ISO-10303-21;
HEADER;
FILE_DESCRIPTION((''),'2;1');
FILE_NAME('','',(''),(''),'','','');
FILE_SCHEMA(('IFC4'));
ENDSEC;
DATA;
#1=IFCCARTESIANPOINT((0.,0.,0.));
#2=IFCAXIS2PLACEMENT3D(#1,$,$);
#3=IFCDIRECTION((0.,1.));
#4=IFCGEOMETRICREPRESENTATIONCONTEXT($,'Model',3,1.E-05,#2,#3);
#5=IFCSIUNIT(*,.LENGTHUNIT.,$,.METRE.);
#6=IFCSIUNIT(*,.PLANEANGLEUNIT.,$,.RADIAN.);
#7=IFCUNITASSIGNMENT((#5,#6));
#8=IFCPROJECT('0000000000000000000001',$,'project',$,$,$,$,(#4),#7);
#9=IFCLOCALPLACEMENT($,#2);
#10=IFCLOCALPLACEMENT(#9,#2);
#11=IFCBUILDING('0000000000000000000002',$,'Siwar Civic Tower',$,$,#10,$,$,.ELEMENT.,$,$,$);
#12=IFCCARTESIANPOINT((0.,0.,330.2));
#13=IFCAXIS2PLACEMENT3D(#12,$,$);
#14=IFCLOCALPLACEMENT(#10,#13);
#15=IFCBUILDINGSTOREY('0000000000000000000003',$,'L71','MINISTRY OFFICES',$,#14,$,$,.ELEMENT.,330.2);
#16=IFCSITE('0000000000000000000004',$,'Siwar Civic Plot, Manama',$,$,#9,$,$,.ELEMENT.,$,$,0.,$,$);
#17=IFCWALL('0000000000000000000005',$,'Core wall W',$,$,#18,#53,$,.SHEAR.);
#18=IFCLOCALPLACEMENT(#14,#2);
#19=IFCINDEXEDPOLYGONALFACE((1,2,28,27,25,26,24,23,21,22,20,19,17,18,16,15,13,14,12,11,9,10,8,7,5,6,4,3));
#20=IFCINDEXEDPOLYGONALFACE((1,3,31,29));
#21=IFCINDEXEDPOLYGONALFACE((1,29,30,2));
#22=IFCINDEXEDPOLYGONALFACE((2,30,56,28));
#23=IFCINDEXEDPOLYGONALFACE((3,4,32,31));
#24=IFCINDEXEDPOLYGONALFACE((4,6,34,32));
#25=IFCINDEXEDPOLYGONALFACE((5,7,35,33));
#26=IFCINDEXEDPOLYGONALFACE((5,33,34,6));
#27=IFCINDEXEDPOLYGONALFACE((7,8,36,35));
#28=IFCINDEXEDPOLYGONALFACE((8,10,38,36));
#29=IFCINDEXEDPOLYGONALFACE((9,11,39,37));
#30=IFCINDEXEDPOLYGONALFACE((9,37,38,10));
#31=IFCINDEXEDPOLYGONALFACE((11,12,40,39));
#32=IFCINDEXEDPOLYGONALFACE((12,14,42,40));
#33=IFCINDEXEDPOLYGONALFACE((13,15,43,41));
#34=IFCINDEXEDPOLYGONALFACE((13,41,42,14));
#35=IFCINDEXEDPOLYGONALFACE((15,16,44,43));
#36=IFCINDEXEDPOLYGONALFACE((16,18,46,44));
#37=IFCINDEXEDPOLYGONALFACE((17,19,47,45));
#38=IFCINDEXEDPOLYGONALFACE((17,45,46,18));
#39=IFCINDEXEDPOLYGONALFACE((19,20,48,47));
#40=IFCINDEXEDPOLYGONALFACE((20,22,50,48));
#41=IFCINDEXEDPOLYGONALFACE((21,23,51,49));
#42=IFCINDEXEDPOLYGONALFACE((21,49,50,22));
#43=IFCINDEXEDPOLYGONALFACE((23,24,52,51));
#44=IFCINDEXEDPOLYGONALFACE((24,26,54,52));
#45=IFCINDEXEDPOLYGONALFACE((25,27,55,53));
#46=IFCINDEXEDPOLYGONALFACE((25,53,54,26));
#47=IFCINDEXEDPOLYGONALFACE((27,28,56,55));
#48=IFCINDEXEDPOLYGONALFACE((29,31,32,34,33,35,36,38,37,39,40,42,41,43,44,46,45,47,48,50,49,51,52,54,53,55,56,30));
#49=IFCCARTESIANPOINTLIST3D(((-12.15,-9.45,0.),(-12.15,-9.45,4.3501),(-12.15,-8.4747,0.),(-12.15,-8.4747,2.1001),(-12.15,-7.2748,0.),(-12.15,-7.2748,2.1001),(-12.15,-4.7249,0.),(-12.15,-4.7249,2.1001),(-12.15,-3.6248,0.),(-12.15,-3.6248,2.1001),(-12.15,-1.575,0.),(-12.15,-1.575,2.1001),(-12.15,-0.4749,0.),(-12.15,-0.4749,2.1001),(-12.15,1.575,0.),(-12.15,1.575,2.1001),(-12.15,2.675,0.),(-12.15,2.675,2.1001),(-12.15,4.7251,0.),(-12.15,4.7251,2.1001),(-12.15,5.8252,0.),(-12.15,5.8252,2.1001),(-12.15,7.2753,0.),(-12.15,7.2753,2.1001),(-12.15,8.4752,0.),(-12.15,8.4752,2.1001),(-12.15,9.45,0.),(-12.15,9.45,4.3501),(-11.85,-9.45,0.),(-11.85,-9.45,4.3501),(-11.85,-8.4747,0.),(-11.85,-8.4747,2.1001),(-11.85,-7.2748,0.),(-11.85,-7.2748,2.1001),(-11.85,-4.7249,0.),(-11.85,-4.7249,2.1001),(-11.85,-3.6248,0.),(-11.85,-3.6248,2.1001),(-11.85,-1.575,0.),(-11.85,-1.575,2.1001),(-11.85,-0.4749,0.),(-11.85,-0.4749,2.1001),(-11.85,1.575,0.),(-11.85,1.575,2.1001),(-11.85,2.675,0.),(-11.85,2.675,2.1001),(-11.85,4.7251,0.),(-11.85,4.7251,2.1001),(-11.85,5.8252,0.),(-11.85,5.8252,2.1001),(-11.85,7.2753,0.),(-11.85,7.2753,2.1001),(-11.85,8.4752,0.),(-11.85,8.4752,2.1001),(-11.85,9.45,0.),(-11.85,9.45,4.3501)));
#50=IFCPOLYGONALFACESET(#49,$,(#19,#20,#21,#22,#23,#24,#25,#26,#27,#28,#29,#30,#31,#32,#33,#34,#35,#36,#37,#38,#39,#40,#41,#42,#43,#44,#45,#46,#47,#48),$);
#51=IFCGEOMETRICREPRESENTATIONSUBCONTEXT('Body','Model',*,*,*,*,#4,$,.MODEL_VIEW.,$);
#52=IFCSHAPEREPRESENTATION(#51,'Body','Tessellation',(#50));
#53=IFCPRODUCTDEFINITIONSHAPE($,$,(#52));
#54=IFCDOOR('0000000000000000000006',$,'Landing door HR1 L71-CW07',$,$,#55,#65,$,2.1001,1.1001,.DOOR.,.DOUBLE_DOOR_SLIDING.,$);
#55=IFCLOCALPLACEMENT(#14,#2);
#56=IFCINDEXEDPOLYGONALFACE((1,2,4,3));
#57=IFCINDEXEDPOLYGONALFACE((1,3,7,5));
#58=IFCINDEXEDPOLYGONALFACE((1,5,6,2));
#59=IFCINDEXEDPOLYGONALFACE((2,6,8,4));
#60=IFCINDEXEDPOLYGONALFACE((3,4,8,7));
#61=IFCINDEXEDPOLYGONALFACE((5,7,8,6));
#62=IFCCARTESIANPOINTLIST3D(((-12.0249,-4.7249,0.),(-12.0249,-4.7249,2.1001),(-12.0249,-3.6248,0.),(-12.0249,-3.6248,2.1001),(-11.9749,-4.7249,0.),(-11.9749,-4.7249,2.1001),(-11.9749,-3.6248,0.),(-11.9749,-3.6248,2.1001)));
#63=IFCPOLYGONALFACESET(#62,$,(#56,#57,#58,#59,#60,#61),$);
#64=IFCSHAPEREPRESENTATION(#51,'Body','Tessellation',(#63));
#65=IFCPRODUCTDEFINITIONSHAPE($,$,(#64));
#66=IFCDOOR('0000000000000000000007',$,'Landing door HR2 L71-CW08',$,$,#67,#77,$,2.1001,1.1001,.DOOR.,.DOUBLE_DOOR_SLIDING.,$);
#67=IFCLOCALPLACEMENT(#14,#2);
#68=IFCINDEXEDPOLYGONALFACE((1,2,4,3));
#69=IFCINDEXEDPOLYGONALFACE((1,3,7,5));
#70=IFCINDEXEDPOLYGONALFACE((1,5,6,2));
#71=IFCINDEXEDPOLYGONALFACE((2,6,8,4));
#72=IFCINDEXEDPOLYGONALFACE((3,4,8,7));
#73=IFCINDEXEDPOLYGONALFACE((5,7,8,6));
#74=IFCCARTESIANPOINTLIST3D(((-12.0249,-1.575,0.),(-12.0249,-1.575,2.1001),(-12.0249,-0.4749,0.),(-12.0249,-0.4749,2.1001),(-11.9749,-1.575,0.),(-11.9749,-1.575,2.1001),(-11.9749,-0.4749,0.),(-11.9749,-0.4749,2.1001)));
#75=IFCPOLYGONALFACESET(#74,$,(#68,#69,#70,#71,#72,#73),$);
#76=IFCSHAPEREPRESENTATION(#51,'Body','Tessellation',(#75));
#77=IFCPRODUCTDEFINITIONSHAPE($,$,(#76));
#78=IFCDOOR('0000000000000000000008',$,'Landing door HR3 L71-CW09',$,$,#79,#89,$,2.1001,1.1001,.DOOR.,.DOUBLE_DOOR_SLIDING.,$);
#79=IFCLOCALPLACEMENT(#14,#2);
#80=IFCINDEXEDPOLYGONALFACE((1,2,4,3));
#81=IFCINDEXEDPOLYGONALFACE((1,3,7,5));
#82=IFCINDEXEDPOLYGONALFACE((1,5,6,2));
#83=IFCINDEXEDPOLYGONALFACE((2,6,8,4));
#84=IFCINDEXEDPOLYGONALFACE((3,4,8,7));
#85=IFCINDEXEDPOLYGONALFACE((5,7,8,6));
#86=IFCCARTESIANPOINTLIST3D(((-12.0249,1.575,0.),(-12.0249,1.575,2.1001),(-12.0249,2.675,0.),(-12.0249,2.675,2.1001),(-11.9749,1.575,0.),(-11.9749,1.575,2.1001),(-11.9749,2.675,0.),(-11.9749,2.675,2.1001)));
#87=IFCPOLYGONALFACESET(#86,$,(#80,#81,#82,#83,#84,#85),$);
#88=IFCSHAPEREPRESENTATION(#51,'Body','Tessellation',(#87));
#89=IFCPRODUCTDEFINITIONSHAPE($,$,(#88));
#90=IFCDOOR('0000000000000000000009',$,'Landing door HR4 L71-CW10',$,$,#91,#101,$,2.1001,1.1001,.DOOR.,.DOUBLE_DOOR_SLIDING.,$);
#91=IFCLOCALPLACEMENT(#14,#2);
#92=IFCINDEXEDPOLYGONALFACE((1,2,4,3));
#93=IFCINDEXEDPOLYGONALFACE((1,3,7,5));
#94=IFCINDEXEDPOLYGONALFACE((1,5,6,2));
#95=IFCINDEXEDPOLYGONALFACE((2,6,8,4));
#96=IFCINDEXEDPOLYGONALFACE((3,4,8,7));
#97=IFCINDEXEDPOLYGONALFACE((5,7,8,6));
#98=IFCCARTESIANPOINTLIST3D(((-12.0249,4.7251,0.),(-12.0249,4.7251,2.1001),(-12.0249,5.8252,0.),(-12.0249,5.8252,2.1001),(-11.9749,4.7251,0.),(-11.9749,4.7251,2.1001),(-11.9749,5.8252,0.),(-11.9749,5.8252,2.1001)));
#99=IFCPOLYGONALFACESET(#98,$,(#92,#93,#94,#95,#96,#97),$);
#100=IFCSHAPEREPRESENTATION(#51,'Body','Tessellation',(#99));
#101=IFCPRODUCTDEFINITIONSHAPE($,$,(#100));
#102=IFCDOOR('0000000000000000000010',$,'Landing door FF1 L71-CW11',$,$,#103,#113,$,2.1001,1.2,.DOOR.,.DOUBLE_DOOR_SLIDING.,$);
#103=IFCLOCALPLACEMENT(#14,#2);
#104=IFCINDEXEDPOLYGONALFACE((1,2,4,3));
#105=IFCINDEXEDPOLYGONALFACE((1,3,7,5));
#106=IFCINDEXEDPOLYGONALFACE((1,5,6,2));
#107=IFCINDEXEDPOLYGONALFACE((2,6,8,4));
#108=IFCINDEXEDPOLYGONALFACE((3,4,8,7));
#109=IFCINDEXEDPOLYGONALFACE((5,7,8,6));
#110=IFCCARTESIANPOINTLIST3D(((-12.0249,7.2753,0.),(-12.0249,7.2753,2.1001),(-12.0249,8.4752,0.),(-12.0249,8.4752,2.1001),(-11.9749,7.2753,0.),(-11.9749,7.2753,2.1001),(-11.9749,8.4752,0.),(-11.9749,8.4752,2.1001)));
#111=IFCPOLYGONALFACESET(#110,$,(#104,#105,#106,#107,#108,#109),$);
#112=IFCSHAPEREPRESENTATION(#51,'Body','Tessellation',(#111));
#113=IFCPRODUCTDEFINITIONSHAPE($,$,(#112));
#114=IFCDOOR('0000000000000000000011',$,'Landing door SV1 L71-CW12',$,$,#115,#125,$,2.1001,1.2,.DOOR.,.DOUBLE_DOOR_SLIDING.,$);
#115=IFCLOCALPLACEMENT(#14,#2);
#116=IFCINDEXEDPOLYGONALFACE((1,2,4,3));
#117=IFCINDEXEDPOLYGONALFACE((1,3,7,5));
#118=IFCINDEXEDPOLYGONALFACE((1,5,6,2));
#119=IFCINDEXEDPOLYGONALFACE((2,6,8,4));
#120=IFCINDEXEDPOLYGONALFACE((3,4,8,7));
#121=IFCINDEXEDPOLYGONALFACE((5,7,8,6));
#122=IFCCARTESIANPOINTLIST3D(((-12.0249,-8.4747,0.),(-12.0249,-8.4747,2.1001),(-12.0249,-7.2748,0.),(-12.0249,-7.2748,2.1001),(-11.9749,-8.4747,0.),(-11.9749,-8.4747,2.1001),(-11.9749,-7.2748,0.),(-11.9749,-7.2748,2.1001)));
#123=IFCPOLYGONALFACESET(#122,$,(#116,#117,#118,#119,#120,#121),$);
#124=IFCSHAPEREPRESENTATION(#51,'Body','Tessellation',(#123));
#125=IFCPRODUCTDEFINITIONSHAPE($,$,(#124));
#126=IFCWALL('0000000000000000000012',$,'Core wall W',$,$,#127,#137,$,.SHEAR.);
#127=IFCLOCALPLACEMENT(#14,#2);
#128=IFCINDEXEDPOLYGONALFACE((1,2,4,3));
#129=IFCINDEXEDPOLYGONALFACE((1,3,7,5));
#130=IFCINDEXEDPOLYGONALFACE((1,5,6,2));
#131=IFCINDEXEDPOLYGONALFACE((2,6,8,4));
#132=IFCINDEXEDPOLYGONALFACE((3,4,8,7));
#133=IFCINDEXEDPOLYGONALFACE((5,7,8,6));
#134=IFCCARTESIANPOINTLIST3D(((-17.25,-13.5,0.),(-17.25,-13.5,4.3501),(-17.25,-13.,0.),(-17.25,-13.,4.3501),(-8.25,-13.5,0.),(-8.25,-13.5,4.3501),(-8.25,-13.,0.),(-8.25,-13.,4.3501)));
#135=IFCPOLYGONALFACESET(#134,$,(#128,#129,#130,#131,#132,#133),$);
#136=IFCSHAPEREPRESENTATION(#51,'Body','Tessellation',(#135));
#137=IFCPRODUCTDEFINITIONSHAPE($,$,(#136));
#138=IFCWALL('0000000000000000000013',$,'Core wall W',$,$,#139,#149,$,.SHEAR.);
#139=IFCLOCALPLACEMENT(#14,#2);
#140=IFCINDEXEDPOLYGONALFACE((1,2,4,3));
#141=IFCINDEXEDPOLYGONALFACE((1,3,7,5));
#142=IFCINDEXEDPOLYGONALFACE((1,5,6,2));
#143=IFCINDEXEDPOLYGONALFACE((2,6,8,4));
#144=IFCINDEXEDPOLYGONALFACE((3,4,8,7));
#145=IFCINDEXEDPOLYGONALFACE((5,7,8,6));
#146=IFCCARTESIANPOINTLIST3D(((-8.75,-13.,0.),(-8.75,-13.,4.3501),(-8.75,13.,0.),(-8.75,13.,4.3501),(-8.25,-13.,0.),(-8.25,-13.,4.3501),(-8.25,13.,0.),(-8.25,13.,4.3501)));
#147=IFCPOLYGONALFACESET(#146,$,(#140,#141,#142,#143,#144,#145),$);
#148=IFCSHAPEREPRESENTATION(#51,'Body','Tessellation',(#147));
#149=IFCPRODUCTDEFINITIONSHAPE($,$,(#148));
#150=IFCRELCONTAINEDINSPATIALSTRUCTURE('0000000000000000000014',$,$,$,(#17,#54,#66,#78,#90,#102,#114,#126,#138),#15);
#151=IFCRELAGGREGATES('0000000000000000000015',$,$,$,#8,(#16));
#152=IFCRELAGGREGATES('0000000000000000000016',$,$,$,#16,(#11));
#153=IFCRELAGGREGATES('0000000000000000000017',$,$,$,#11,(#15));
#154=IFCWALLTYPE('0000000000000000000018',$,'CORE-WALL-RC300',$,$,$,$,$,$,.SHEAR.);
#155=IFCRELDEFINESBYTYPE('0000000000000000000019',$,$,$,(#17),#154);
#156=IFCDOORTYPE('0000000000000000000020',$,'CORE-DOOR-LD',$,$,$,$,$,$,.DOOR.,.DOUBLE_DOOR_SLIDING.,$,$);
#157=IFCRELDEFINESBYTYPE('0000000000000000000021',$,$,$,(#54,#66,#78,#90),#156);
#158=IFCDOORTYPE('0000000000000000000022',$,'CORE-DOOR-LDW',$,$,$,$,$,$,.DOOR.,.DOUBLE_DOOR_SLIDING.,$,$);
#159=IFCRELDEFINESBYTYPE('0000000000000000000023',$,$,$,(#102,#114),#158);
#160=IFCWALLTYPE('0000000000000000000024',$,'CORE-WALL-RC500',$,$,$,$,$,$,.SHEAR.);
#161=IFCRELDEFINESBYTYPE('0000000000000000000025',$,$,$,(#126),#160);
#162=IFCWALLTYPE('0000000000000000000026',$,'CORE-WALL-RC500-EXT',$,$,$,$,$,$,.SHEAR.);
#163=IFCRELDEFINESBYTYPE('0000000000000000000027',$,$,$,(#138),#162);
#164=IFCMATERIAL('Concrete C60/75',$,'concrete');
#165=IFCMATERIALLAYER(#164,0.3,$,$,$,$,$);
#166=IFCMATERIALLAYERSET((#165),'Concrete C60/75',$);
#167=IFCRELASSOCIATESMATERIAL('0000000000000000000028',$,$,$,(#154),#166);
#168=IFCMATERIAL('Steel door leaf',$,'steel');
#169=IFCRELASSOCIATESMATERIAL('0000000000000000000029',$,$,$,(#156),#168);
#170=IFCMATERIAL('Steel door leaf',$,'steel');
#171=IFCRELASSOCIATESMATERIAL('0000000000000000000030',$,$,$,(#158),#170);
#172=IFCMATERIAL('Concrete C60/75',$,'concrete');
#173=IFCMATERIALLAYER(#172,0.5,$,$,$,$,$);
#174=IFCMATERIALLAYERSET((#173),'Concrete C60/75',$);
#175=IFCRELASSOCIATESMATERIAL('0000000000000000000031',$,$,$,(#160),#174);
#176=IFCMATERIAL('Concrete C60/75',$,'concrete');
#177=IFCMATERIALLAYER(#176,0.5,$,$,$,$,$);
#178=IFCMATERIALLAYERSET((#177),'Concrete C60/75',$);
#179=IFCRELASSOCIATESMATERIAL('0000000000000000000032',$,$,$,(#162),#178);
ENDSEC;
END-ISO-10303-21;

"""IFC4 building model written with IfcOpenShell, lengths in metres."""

from ifc_helpers import new_model, si_unit, direction, frame, frame_2d, origin, place, context, subcontext, project, spatial, rectangle, extrude, material, layer, layer_set, type_object, element, fill, save


model = new_model("IFC4")

# Units and contexts
model_context = context("Model", 3, precision=1e-05, world=origin(), true_north=direction((0.0, 1.0)))
body_context = subcontext(model_context, "Body", "Model", "MODEL_VIEW")
ifc_project = project(units=[si_unit("LENGTHUNIT", "METRE"), si_unit("PLANEANGLEUNIT", "RADIAN")], contexts=[model_context])

# Site, building, storey
site_placement = place(None, origin())
site = spatial("IfcSite", under=ifc_project, at=site_placement, Name="Siwar Civic Plot, Manama", CompositionType="ELEMENT", RefElevation=0.0)
building_placement = place(site_placement, origin())
building = spatial("IfcBuilding", under=site, at=building_placement, Name="Siwar Civic Tower", CompositionType="ELEMENT")
storey_placement = place(building_placement, frame((0.0, 0.0, 330.2)))
storey = spatial("IfcBuildingStorey", under=building, at=storey_placement, Name="L71", Description="MINISTRY OFFICES", CompositionType="ELEMENT", Elevation=330.2)

# Wall, openings, doors
ifc_material_1 = material(Name="Concrete C60/75", Category="concrete")
ifc_layer_1 = layer(ifc_material_1, 0.3)
ifc_layer_set_1 = layer_set([ifc_layer_1], Name="Concrete C60/75")
wall_type_1 = type_object("IfcWallType", Name="CORE-WALL-RC300", PredefinedType="SHEAR", material=ifc_layer_set_1)
wall_1_placement = place(storey_placement, frame((-12.0, -9.45, 0.0), z_axis=(0.0, 0.0, 1.0), x_axis=(0.0, 1.0, 0.0)))
wall_1 = element("IfcWall", 1, at=wall_1_placement, inside=storey, type_object=wall_type_1, Name="Core wall W", PredefinedType="SHEAR", context=body_context, shape_type="SweptSolid", body=[
    extrude(rectangle(XDim=18.8999, YDim=0.3, at=frame_2d((9.45, 0.0))), origin(), (0.0, 0.0, 1.0), 4.3501),
])
opening_1_placement = place(wall_1_placement, frame((4.7251, 0.0, 0.0)))
opening_1 = element("IfcOpeningElement", 2, at=opening_1_placement, cuts=wall_1, PredefinedType="OPENING", context=body_context, shape_type="SweptSolid", body=[
    extrude(rectangle(XDim=1.1001, YDim=2.1001, at=frame_2d((0.55, 1.05))), frame((0.0, 0.1602, 0.0), z_axis=(0.0, -1.0, 0.0), x_axis=(1.0, 0.0, 0.0)), (0.0, 0.0, 1.0), 0.3201),
])
opening_2_placement = place(wall_1_placement, frame((7.875, 0.0, 0.0)))
opening_2 = element("IfcOpeningElement", 3, at=opening_2_placement, cuts=wall_1, PredefinedType="OPENING", context=body_context, shape_type="SweptSolid", body=[
    extrude(rectangle(XDim=1.1001, YDim=2.1001, at=frame_2d((0.55, 1.05))), frame((0.0, 0.1602, 0.0), z_axis=(0.0, -1.0, 0.0), x_axis=(1.0, 0.0, 0.0)), (0.0, 0.0, 1.0), 0.3201),
])
opening_3_placement = place(wall_1_placement, frame((11.0249, 0.0, 0.0)))
opening_3 = element("IfcOpeningElement", 4, at=opening_3_placement, cuts=wall_1, PredefinedType="OPENING", context=body_context, shape_type="SweptSolid", body=[
    extrude(rectangle(XDim=1.1001, YDim=2.1001, at=frame_2d((0.55, 1.05))), frame((0.0, 0.1602, 0.0), z_axis=(0.0, -1.0, 0.0), x_axis=(1.0, 0.0, 0.0)), (0.0, 0.0, 1.0), 0.3201),
])
opening_4_placement = place(wall_1_placement, frame((14.175, 0.0, 0.0)))
opening_4 = element("IfcOpeningElement", 5, at=opening_4_placement, cuts=wall_1, PredefinedType="OPENING", context=body_context, shape_type="SweptSolid", body=[
    extrude(rectangle(XDim=1.1001, YDim=2.1001, at=frame_2d((0.55, 1.05))), frame((0.0, 0.1602, 0.0), z_axis=(0.0, -1.0, 0.0), x_axis=(1.0, 0.0, 0.0)), (0.0, 0.0, 1.0), 0.3201),
])
opening_5_placement = place(wall_1_placement, frame((16.7251, 0.0, 0.0)))
opening_5 = element("IfcOpeningElement", 6, at=opening_5_placement, cuts=wall_1, PredefinedType="OPENING", context=body_context, shape_type="SweptSolid", body=[
    extrude(rectangle(XDim=1.2, YDim=2.1001, at=frame_2d((0.6001, 1.05))), frame((0.0, 0.1602, 0.0), z_axis=(0.0, -1.0, 0.0), x_axis=(1.0, 0.0, 0.0)), (0.0, 0.0, 1.0), 0.3201),
])
opening_6_placement = place(wall_1_placement, frame((0.9751, 0.0, 0.0)))
opening_6 = element("IfcOpeningElement", 7, at=opening_6_placement, cuts=wall_1, PredefinedType="OPENING", context=body_context, shape_type="SweptSolid", body=[
    extrude(rectangle(XDim=1.2, YDim=2.1001, at=frame_2d((0.6001, 1.05))), frame((0.0, 0.1602, 0.0), z_axis=(0.0, -1.0, 0.0), x_axis=(1.0, 0.0, 0.0)), (0.0, 0.0, 1.0), 0.3201),
])
ifc_material_2 = material(Name="Steel door leaf", Category="steel")
door_type_1 = type_object("IfcDoorType", Name="CORE-DOOR-LD", OperationType="DOUBLE_DOOR_SLIDING", PredefinedType="DOOR", material=ifc_material_2)
door_1_placement = place(opening_1_placement, origin())
door_1 = element("IfcDoor", 8, at=door_1_placement, inside=storey, type_object=door_type_1, Name="Landing door HR1 L71-CW07", OperationType="DOUBLE_DOOR_SLIDING", OverallHeight=2.1001, OverallWidth=1.1001, PredefinedType="DOOR", context=body_context, shape_type="SweptSolid", body=[
    extrude(rectangle(XDim=1.1001, YDim=2.1001, at=frame_2d((0.55, 1.05))), frame((0.0, 0.0249, 0.0), z_axis=(0.0, -1.0, 0.0), x_axis=(1.0, 0.0, 0.0)), (0.0, 0.0, 1.0), 0.05),
])
fill(opening_1, door_1)
door_2_placement = place(opening_2_placement, origin())
door_2 = element("IfcDoor", 9, at=door_2_placement, inside=storey, type_object=door_type_1, Name="Landing door HR2 L71-CW08", OperationType="DOUBLE_DOOR_SLIDING", OverallHeight=2.1001, OverallWidth=1.1001, PredefinedType="DOOR", context=body_context, shape_type="SweptSolid", body=[
    extrude(rectangle(XDim=1.1001, YDim=2.1001, at=frame_2d((0.55, 1.05))), frame((0.0, 0.0249, 0.0), z_axis=(0.0, -1.0, 0.0), x_axis=(1.0, 0.0, 0.0)), (0.0, 0.0, 1.0), 0.05),
])
fill(opening_2, door_2)
door_3_placement = place(opening_3_placement, origin())
door_3 = element("IfcDoor", 10, at=door_3_placement, inside=storey, type_object=door_type_1, Name="Landing door HR3 L71-CW09", OperationType="DOUBLE_DOOR_SLIDING", OverallHeight=2.1001, OverallWidth=1.1001, PredefinedType="DOOR", context=body_context, shape_type="SweptSolid", body=[
    extrude(rectangle(XDim=1.1001, YDim=2.1001, at=frame_2d((0.55, 1.05))), frame((0.0, 0.0249, 0.0), z_axis=(0.0, -1.0, 0.0), x_axis=(1.0, 0.0, 0.0)), (0.0, 0.0, 1.0), 0.05),
])
fill(opening_3, door_3)
door_4_placement = place(opening_4_placement, origin())
door_4 = element("IfcDoor", 11, at=door_4_placement, inside=storey, type_object=door_type_1, Name="Landing door HR4 L71-CW10", OperationType="DOUBLE_DOOR_SLIDING", OverallHeight=2.1001, OverallWidth=1.1001, PredefinedType="DOOR", context=body_context, shape_type="SweptSolid", body=[
    extrude(rectangle(XDim=1.1001, YDim=2.1001, at=frame_2d((0.55, 1.05))), frame((0.0, 0.0249, 0.0), z_axis=(0.0, -1.0, 0.0), x_axis=(1.0, 0.0, 0.0)), (0.0, 0.0, 1.0), 0.05),
])
fill(opening_4, door_4)
ifc_material_3 = material(Name="Steel door leaf", Category="steel")
door_type_2 = type_object("IfcDoorType", Name="CORE-DOOR-LDW", OperationType="DOUBLE_DOOR_SLIDING", PredefinedType="DOOR", material=ifc_material_3)
door_5_placement = place(opening_5_placement, origin())
door_5 = element("IfcDoor", 12, at=door_5_placement, inside=storey, type_object=door_type_2, Name="Landing door FF1 L71-CW11", OperationType="DOUBLE_DOOR_SLIDING", OverallHeight=2.1001, OverallWidth=1.2, PredefinedType="DOOR", context=body_context, shape_type="SweptSolid", body=[
    extrude(rectangle(XDim=1.2, YDim=2.1001, at=frame_2d((0.6001, 1.05))), frame((0.0, 0.0249, 0.0), z_axis=(0.0, -1.0, 0.0), x_axis=(1.0, 0.0, 0.0)), (0.0, 0.0, 1.0), 0.05),
])
fill(opening_5, door_5)
door_6_placement = place(opening_6_placement, origin())
door_6 = element("IfcDoor", 13, at=door_6_placement, inside=storey, type_object=door_type_2, Name="Landing door SV1 L71-CW12", OperationType="DOUBLE_DOOR_SLIDING", OverallHeight=2.1001, OverallWidth=1.2, PredefinedType="DOOR", context=body_context, shape_type="SweptSolid", body=[
    extrude(rectangle(XDim=1.2, YDim=2.1001, at=frame_2d((0.6001, 1.05))), frame((0.0, 0.0249, 0.0), z_axis=(0.0, -1.0, 0.0), x_axis=(1.0, 0.0, 0.0)), (0.0, 0.0, 1.0), 0.05),
])
fill(opening_6, door_6)

# Walls
ifc_material_4 = material(Name="Concrete C60/75", Category="concrete")
ifc_layer_2 = layer(ifc_material_4, 0.5)
ifc_layer_set_2 = layer_set([ifc_layer_2], Name="Concrete C60/75")
wall_type_2 = type_object("IfcWallType", Name="CORE-WALL-RC500", PredefinedType="SHEAR", material=ifc_layer_set_2)
wall_2_placement = place(storey_placement, frame((-8.25, -13.25, 0.0), z_axis=(0.0, 0.0, 1.0), x_axis=(-1.0, 0.0, 0.0)))
element("IfcWall", 14, at=wall_2_placement, inside=storey, type_object=wall_type_2, Name="Core wall W", PredefinedType="SHEAR", context=body_context, shape_type="SweptSolid", body=[
    extrude(rectangle(XDim=9.0, YDim=0.5, at=frame_2d((4.5, 0.0))), origin(), (0.0, 0.0, 1.0), 4.3501),
])
ifc_material_5 = material(Name="Concrete C60/75", Category="concrete")
ifc_layer_3 = layer(ifc_material_5, 0.5)
ifc_layer_set_3 = layer_set([ifc_layer_3], Name="Concrete C60/75")
wall_type_3 = type_object("IfcWallType", Name="CORE-WALL-RC500-EXT", PredefinedType="SHEAR", material=ifc_layer_set_3)
wall_3_placement = place(storey_placement, frame((-8.5, -13.0, 0.0), z_axis=(0.0, 0.0, 1.0), x_axis=(0.0, 1.0, 0.0)))
element("IfcWall", 15, at=wall_3_placement, inside=storey, type_object=wall_type_3, Name="Core wall W", PredefinedType="SHEAR", context=body_context, shape_type="SweptSolid", body=[
    extrude(rectangle(XDim=26.0, YDim=0.5, at=frame_2d((13.0, 0.0))), origin(), (0.0, 0.0, 1.0), 4.3501),
])

save(model, "model.ifc")
